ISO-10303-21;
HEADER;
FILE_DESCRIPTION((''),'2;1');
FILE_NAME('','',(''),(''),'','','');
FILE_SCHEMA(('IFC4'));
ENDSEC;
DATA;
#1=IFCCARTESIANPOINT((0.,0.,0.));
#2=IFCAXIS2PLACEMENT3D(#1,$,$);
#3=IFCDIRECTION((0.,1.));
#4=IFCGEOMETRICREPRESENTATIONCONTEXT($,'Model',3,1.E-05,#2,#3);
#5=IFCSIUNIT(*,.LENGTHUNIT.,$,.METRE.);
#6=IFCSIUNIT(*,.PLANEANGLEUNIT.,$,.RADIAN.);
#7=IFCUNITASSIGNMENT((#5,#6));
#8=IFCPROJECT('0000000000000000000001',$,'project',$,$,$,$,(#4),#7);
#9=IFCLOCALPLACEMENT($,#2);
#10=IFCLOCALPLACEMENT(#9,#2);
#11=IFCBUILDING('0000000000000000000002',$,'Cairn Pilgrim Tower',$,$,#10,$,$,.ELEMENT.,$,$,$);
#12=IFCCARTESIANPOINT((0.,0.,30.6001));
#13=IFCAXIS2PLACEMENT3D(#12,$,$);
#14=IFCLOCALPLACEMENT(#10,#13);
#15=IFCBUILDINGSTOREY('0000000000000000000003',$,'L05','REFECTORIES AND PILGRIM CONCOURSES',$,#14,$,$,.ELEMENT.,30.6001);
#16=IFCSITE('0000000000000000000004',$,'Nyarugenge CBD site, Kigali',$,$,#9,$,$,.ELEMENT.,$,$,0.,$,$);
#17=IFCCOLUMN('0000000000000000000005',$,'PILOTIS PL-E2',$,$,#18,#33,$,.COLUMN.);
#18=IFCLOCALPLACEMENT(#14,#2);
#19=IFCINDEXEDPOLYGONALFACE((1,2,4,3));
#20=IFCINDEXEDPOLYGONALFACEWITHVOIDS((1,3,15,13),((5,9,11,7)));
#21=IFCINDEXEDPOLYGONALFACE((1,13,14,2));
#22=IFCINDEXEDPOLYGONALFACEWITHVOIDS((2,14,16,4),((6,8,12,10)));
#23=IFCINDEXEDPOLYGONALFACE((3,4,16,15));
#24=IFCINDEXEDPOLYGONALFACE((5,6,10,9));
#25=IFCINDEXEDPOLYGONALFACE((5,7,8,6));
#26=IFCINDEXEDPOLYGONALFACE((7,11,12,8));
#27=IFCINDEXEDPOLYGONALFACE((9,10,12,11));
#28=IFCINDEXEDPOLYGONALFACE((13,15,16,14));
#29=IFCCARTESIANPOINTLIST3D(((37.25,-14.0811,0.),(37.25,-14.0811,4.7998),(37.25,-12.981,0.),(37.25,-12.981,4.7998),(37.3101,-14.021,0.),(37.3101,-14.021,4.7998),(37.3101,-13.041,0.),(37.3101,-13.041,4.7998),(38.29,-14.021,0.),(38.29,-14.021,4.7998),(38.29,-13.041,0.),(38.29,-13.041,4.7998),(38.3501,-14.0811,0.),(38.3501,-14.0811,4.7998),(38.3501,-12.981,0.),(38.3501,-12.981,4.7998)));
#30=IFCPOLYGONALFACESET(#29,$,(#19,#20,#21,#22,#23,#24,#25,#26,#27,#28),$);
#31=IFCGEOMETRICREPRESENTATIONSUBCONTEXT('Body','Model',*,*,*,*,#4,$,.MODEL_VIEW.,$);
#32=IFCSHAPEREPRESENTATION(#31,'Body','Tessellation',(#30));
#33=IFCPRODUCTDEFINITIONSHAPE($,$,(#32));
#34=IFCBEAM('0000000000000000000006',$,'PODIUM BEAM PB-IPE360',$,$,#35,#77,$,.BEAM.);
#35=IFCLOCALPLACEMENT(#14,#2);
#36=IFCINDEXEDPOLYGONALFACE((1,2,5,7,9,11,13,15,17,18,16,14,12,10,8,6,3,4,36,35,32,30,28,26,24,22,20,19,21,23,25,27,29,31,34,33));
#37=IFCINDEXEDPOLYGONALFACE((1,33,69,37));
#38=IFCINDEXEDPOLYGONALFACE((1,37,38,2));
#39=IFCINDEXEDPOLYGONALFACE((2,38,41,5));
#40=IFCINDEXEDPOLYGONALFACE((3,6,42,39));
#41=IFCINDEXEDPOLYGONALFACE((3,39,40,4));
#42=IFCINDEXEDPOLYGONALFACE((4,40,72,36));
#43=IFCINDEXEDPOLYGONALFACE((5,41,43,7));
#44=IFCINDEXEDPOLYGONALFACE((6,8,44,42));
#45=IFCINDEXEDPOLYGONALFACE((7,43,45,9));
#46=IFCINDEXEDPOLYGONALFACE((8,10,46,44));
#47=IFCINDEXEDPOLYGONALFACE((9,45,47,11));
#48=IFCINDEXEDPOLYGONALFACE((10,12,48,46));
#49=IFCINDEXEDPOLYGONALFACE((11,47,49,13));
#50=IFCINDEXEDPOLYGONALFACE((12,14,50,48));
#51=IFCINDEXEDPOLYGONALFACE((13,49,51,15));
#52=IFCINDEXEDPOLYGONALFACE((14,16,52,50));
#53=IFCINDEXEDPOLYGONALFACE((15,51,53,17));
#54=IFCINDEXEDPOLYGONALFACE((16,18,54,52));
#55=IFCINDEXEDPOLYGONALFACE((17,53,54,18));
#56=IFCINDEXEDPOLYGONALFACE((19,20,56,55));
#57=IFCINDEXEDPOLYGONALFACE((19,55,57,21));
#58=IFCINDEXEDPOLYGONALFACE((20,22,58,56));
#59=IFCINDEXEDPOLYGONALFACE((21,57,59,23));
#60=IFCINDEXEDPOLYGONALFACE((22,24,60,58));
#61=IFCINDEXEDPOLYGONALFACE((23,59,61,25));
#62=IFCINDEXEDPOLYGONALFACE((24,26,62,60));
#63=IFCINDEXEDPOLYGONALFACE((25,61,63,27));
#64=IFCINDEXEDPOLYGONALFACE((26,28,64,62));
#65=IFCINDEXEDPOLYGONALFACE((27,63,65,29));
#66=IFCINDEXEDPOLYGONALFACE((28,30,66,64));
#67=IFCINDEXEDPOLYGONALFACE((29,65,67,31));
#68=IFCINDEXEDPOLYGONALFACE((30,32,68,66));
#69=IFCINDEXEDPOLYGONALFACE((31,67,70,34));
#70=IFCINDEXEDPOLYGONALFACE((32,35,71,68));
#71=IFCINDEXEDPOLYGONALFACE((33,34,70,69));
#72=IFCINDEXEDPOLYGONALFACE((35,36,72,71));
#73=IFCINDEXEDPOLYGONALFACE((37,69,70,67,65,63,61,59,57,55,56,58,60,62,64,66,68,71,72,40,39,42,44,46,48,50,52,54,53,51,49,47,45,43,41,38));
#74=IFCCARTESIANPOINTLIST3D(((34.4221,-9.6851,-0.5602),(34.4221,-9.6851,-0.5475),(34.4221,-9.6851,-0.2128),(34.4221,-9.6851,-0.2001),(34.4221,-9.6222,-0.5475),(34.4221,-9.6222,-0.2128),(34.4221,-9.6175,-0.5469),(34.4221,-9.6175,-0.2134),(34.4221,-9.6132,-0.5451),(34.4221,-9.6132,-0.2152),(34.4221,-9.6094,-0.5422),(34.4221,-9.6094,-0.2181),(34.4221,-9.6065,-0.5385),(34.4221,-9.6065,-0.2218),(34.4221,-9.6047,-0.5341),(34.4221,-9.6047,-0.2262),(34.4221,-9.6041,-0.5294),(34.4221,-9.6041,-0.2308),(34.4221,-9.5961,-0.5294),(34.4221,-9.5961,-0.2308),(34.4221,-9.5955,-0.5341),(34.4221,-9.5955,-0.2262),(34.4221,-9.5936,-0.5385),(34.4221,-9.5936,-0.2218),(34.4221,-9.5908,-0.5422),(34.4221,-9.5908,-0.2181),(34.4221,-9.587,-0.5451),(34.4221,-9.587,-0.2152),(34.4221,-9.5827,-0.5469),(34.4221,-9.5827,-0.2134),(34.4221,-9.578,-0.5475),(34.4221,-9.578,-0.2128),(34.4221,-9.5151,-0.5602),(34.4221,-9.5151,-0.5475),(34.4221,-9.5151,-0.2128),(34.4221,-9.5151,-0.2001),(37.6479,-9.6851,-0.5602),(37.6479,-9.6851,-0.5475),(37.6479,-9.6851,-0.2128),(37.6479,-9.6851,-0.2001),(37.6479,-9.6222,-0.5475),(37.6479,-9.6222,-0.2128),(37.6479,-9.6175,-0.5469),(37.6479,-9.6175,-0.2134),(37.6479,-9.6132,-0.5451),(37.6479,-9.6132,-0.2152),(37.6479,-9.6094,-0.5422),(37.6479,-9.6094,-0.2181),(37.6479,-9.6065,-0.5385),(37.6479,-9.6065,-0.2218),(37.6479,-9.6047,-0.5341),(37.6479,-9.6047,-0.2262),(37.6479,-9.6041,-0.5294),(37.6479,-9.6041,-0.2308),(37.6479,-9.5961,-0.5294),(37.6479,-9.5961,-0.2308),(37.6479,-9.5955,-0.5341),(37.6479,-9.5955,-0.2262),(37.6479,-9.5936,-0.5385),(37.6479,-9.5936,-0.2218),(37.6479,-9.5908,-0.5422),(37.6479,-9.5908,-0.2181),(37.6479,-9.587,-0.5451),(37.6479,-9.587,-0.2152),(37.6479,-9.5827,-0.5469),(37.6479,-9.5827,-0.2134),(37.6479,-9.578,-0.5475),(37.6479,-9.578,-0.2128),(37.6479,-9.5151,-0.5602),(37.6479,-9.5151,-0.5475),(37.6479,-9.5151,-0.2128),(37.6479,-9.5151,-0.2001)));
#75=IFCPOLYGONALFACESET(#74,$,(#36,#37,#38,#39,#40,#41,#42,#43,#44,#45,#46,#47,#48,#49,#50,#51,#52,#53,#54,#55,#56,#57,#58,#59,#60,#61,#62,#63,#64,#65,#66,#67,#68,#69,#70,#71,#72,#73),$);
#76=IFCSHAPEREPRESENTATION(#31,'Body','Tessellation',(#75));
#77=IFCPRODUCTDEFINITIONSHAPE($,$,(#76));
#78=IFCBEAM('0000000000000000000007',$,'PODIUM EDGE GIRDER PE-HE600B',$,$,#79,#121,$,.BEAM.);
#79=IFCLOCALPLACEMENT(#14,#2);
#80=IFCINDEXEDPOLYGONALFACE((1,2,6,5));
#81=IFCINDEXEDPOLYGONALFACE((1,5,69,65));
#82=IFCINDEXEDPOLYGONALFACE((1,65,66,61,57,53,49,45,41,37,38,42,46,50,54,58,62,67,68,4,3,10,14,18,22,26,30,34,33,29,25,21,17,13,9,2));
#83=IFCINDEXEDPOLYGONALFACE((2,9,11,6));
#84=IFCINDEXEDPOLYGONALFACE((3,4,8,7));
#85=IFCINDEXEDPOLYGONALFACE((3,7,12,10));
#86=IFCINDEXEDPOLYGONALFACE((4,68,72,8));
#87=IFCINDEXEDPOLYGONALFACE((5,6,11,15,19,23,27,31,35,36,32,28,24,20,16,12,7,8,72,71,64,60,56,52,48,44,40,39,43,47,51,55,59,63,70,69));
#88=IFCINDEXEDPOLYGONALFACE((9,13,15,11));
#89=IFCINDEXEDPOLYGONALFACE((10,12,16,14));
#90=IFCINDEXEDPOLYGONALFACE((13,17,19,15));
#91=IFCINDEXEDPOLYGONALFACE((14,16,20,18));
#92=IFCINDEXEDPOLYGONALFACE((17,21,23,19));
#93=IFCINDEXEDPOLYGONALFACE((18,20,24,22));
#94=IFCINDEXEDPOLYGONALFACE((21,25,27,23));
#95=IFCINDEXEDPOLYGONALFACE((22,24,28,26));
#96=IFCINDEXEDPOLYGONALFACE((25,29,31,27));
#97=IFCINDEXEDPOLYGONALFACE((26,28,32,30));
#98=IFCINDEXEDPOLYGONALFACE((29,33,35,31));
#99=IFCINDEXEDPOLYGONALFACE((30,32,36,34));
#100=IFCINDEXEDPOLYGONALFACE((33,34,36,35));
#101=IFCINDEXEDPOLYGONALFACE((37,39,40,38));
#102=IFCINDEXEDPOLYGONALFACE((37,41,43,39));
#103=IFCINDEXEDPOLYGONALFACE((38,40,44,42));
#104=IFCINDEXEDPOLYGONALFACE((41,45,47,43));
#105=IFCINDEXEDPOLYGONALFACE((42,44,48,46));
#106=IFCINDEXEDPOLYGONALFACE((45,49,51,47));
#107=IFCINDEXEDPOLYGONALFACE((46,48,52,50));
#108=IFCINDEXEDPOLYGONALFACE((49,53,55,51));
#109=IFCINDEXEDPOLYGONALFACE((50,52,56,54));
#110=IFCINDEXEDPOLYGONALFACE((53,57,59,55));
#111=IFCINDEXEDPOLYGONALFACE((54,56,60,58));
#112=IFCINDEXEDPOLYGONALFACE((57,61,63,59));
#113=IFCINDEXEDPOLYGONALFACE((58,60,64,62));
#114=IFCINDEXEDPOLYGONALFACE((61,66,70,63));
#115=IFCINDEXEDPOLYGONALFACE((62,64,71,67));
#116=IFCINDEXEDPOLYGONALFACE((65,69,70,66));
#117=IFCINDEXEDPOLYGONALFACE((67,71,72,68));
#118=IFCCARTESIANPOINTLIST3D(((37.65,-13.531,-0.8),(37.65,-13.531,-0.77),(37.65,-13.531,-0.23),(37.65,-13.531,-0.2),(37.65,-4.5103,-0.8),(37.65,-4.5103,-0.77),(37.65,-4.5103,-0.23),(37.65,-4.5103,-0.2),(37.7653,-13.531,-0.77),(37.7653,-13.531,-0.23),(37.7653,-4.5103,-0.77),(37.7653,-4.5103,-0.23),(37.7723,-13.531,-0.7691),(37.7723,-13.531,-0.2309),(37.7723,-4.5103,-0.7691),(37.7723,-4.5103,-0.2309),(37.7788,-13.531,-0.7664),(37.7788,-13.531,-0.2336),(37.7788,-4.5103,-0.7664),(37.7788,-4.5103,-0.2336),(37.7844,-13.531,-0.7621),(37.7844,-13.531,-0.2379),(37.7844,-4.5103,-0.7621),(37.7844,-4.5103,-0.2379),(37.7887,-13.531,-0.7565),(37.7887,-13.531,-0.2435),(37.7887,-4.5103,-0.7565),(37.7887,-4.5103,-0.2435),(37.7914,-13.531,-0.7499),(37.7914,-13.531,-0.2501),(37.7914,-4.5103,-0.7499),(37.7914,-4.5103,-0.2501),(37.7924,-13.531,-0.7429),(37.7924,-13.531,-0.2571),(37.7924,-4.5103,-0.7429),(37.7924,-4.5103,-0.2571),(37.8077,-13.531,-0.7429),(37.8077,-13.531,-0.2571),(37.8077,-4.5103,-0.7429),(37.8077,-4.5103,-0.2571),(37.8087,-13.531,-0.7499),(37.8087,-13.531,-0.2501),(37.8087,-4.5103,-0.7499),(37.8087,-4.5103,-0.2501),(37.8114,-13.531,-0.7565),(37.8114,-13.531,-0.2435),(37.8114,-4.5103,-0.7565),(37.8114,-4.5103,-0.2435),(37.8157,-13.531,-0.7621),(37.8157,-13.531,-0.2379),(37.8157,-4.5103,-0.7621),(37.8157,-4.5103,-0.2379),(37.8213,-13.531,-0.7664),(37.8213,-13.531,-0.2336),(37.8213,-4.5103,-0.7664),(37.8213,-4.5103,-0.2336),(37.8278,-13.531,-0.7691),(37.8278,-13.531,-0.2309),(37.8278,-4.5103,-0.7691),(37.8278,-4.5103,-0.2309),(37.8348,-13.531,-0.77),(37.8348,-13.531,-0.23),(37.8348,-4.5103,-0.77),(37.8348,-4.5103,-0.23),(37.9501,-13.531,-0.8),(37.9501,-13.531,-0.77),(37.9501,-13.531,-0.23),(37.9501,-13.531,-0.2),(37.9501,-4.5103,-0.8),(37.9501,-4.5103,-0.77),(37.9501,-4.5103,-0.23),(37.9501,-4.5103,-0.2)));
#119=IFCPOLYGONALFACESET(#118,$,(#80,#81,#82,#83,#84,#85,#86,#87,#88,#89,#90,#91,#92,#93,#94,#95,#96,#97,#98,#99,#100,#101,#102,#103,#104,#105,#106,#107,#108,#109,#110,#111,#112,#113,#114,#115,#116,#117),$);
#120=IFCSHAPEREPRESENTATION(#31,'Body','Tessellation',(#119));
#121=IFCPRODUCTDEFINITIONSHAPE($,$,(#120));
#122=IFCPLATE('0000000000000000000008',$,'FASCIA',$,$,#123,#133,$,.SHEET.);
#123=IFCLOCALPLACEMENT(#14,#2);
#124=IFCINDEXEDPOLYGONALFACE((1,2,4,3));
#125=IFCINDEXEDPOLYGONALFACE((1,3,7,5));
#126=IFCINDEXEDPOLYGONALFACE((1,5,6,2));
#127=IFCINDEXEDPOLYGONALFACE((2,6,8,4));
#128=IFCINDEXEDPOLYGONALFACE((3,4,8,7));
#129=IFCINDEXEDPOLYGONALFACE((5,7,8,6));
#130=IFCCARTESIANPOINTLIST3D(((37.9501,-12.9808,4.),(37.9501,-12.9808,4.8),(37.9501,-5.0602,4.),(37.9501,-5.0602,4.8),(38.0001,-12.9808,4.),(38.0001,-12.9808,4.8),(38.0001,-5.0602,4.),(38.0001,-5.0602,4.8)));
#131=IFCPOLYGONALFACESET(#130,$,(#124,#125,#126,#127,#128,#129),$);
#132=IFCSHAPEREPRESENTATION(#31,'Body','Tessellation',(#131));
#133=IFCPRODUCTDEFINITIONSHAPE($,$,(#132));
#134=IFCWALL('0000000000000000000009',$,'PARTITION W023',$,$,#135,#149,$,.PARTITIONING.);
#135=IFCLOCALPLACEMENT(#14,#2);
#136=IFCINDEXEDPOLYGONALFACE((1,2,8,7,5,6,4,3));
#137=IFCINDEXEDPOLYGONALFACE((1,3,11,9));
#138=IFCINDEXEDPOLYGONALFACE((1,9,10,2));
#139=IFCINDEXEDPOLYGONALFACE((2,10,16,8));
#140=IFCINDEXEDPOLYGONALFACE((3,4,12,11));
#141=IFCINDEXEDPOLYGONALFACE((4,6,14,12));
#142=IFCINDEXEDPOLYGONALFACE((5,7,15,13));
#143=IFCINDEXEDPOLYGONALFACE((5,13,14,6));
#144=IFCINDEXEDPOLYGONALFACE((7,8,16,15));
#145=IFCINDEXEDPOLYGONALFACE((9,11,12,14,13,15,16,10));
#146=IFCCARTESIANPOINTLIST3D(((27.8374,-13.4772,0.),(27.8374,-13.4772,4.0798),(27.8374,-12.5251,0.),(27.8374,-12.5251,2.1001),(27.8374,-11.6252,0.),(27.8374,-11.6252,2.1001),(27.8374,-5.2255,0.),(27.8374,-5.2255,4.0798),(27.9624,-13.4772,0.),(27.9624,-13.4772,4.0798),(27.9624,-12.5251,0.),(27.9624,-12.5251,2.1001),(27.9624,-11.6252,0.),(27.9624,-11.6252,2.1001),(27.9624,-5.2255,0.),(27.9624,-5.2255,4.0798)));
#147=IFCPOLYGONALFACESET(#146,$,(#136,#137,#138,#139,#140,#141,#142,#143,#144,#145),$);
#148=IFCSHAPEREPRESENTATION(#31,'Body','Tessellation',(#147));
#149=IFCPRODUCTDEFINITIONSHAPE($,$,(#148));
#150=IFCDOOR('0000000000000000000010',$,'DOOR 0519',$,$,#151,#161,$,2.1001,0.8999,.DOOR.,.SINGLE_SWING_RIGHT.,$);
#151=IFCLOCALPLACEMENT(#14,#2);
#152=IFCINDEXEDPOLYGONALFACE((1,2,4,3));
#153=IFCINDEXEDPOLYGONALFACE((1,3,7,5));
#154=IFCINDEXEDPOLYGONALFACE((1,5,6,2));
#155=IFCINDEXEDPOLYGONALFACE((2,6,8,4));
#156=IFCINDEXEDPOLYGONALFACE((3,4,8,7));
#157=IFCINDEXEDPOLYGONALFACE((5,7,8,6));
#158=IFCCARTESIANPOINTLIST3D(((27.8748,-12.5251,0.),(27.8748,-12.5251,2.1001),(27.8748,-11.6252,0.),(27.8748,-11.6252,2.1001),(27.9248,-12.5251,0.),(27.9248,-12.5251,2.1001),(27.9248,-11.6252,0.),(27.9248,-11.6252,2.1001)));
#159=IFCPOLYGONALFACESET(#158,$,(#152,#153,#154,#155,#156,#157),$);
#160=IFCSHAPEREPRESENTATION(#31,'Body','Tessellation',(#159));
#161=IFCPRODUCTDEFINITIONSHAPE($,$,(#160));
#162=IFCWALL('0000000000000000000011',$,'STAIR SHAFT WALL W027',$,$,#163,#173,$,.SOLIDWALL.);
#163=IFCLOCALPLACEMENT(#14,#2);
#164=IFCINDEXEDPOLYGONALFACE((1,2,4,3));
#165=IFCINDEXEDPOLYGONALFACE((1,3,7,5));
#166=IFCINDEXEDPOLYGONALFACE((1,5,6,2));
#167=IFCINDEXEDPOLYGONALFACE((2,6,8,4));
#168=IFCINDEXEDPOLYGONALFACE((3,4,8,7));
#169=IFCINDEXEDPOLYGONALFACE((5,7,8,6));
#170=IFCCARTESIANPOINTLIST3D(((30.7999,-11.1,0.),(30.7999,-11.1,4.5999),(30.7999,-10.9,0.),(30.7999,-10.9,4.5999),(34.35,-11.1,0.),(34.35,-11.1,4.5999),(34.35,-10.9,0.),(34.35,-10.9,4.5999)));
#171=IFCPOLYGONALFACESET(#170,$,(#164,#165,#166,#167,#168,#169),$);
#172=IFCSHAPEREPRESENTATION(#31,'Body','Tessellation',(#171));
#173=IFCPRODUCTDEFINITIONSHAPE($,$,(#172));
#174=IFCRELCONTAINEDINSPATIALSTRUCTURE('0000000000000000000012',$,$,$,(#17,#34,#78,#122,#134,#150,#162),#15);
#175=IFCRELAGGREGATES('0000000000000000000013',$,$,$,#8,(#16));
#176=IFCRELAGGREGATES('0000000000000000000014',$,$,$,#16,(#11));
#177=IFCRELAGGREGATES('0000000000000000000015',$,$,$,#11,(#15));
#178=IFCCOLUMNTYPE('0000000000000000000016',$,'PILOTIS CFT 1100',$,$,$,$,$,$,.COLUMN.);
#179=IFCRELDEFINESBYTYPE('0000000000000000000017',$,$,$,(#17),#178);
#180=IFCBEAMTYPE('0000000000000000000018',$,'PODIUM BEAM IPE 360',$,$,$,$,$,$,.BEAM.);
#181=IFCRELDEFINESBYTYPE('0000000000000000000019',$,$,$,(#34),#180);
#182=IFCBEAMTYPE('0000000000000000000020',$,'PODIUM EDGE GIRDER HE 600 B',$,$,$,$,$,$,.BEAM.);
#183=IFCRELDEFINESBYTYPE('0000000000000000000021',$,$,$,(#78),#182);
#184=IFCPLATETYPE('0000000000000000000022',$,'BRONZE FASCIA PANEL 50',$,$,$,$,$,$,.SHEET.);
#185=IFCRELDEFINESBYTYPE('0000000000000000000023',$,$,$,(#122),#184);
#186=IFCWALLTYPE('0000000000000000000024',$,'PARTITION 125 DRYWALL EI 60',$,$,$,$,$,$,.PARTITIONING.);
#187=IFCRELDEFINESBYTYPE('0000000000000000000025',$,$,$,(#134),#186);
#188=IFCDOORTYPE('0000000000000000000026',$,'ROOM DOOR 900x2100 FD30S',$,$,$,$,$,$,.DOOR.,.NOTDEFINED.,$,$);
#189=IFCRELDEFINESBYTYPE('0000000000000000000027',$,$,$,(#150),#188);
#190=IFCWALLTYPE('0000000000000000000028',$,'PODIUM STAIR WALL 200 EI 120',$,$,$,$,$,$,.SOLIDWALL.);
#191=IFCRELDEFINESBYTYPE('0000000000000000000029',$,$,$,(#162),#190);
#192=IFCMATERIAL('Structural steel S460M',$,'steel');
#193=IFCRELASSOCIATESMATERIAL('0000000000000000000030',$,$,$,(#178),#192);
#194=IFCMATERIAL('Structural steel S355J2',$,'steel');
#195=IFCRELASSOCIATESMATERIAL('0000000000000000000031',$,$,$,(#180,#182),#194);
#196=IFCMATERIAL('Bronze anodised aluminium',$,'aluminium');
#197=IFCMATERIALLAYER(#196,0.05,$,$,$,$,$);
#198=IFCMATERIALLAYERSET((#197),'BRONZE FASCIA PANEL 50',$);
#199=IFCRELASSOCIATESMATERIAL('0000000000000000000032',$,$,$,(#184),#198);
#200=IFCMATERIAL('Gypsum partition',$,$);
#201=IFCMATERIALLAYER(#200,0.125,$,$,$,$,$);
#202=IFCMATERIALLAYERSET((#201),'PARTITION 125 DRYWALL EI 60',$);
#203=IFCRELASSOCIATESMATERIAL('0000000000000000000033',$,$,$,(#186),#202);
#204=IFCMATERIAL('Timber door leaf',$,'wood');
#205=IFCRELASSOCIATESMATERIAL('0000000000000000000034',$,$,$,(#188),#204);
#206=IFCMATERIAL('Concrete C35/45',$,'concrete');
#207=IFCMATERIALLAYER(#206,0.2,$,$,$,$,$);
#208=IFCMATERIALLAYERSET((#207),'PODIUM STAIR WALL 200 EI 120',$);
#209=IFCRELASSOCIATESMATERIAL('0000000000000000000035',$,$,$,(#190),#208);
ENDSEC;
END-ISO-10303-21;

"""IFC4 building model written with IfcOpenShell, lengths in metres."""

from ifc_helpers import new_model, si_unit, direction, frame, frame_2d, origin, origin_2d, place, context, subcontext, project, spatial, rectangle, hollow_rectangle, i_section, extrude, material, layer, layer_set, material_profile, profile_set, type_object, element, fill, save


model = new_model("IFC4")

# Units and contexts
model_context = context("Model", 3, precision=1e-05, world=origin(), true_north=direction((0.0, 1.0)))
body_context = subcontext(model_context, "Body", "Model", "MODEL_VIEW")
ifc_project = project(units=[si_unit("LENGTHUNIT", "METRE"), si_unit("PLANEANGLEUNIT", "RADIAN")], contexts=[model_context])

# Site, building, storey
site_placement = place(None, origin())
site = spatial("IfcSite", under=ifc_project, at=site_placement, Name="Nyarugenge CBD site, Kigali", CompositionType="ELEMENT", RefElevation=0.0)
building_placement = place(site_placement, origin())
building = spatial("IfcBuilding", under=site, at=building_placement, Name="Cairn Pilgrim Tower", CompositionType="ELEMENT")
storey_placement = place(building_placement, frame((0.0, 0.0, 30.6001)))
storey = spatial("IfcBuildingStorey", under=building, at=storey_placement, Name="L05", Description="REFECTORIES AND PILGRIM CONCOURSES", CompositionType="ELEMENT", Elevation=30.6001)

# Column
ifc_material_1 = material(Name="Structural steel S460M", Category="steel")
ifc_material_profile_1 = material_profile(ifc_material_1, hollow_rectangle(XDim=1.1001, YDim=1.1001, WallThickness=0.0601, at=origin_2d()), Name="BOX 1100x1100x60")
ifc_profile_set_1 = profile_set([ifc_material_profile_1], Name="Structural steel S460M")
column_type = type_object("IfcColumnType", Name="PILOTIS CFT 1100", PredefinedType="COLUMN", material=ifc_profile_set_1)
column_placement = place(storey_placement, frame((37.8, -13.531, 0.0), z_axis=(0.0, 0.0, 1.0), x_axis=(1.0, 0.0, 0.0)))
element("IfcColumn", 1, at=column_placement, inside=storey, type_object=column_type, Name="PILOTIS PL-E2", PredefinedType="COLUMN", context=body_context, shape_type="SweptSolid", body=[
    extrude(hollow_rectangle(XDim=1.1001, YDim=1.1001, WallThickness=0.0601, at=origin_2d()), origin(), (0.0, 0.0, 1.0), 4.7998),
])

# Beams
ifc_material_2 = material(Name="Structural steel S355J2", Category="steel")
ifc_material_profile_2 = material_profile(ifc_material_2, i_section(OverallWidth=0.1699, OverallDepth=0.3601, WebThickness=0.0081, FlangeThickness=0.0127, FilletRadius=0.0181, at=origin_2d()), Name="IPE 360")
ifc_profile_set_2 = profile_set([ifc_material_profile_2], Name="Structural steel S355J2")
beam_type_1 = type_object("IfcBeamType", Name="PODIUM BEAM IPE 360", PredefinedType="BEAM", material=ifc_profile_set_2)
beam_1_placement = place(storey_placement, frame((34.4221, -9.6001, -0.3801), z_axis=(1.0, 0.0, 0.0), x_axis=(0.0, 1.0, 0.0)))
element("IfcBeam", 2, at=beam_1_placement, inside=storey, type_object=beam_type_1, Name="PODIUM BEAM PB-IPE360", PredefinedType="BEAM", context=body_context, shape_type="SweptSolid", body=[
    extrude(i_section(OverallWidth=0.1699, OverallDepth=0.3601, WebThickness=0.0081, FlangeThickness=0.0127, FilletRadius=0.0181, at=origin_2d()), origin(), (0.0, 0.0, 1.0), 3.2258),
])
ifc_material_profile_3 = material_profile(ifc_material_2, i_section(OverallWidth=0.3, OverallDepth=0.6001, WebThickness=0.0154, FlangeThickness=0.03, FilletRadius=0.0271, at=origin_2d()), Name="HEB 600")
ifc_profile_set_3 = profile_set([ifc_material_profile_3], Name="Structural steel S355J2")
beam_type_2 = type_object("IfcBeamType", Name="PODIUM EDGE GIRDER HE 600 B", PredefinedType="BEAM", material=ifc_profile_set_3)
beam_2_placement = place(storey_placement, frame((37.8, -13.531, -0.5), z_axis=(0.0, 1.0, 0.0), x_axis=(-1.0, 0.0, 0.0)))
element("IfcBeam", 3, at=beam_2_placement, inside=storey, type_object=beam_type_2, Name="PODIUM EDGE GIRDER PE-HE600B", PredefinedType="BEAM", context=body_context, shape_type="SweptSolid", body=[
    extrude(i_section(OverallWidth=0.3, OverallDepth=0.6001, WebThickness=0.0154, FlangeThickness=0.03, FilletRadius=0.0271, at=origin_2d()), origin(), (0.0, 0.0, 1.0), 9.0208),
])

# Plate
ifc_material_3 = material(Name="Bronze anodised aluminium", Category="aluminium")
ifc_layer_1 = layer(ifc_material_3, 0.05)
ifc_layer_set_1 = layer_set([ifc_layer_1], Name="BRONZE FASCIA PANEL 50")
plate_type = type_object("IfcPlateType", Name="BRONZE FASCIA PANEL 50", PredefinedType="SHEET", material=ifc_layer_set_1)
plate_placement = place(storey_placement, frame((37.9751, -9.0205, 4.0), z_axis=(0.0, 0.0, 1.0), x_axis=(0.0, 1.0, 0.0)))
element("IfcPlate", 4, at=plate_placement, inside=storey, type_object=plate_type, Name="FASCIA", PredefinedType="SHEET", context=body_context, shape_type="SweptSolid", body=[
    extrude(rectangle(XDim=7.9207, YDim=0.05, at=origin_2d()), origin(), (0.0, 0.0, 1.0), 0.8),
])

# Wall, opening, door
ifc_material_4 = material(Name="Gypsum partition")
ifc_layer_2 = layer(ifc_material_4, 0.125)
ifc_layer_set_2 = layer_set([ifc_layer_2], Name="PARTITION 125 DRYWALL EI 60")
wall_type_1 = type_object("IfcWallType", Name="PARTITION 125 DRYWALL EI 60", PredefinedType="PARTITIONING", material=ifc_layer_set_2)
wall_1_placement = place(storey_placement, frame((27.8999, -13.4773, 0.0), z_axis=(0.0, 0.0, 1.0), x_axis=(0.0, 1.0, 0.0)))
wall_1 = element("IfcWall", 5, at=wall_1_placement, inside=storey, type_object=wall_type_1, Name="PARTITION W023", PredefinedType="PARTITIONING", context=body_context, shape_type="SweptSolid", body=[
    extrude(rectangle(XDim=8.2517, YDim=0.125, at=frame_2d((4.126, 0.0))), origin(), (0.0, 0.0, 1.0), 4.0798),
])
opening_1_placement = place(wall_1_placement, frame((0.9521, 0.0, 0.0)))
opening_1 = element("IfcOpeningElement", 6, at=opening_1_placement, cuts=wall_1, PredefinedType="OPENING", context=body_context, shape_type="SweptSolid", body=[
    extrude(rectangle(XDim=0.8999, YDim=2.1001, at=frame_2d((0.45, 1.05))), frame((0.0, 0.0725, 0.0), z_axis=(0.0, -1.0, 0.0), x_axis=(1.0, 0.0, 0.0)), (0.0, 0.0, 1.0), 0.145),
])
ifc_material_5 = material(Name="Timber door leaf", Category="wood")
door_type_1 = type_object("IfcDoorType", Name="ROOM DOOR 900x2100 FD30S", OperationType="NOTDEFINED", PredefinedType="DOOR", material=ifc_material_5)
door_1_placement = place(opening_1_placement, frame((0.8999, 0.0, 0.0), z_axis=(0.0, 0.0, 1.0), x_axis=(-1.0, 0.0, 0.0)))
door_1 = element("IfcDoor", 7, at=door_1_placement, inside=storey, type_object=door_type_1, Name="DOOR 0519", OperationType="SINGLE_SWING_RIGHT", OverallHeight=2.1001, OverallWidth=0.8999, PredefinedType="DOOR", context=body_context, shape_type="SweptSolid", body=[
    extrude(rectangle(XDim=0.8999, YDim=2.1001, at=frame_2d((0.45, 1.05))), frame((0.0, 0.0249, 0.0), z_axis=(0.0, -1.0, 0.0), x_axis=(1.0, 0.0, 0.0)), (0.0, 0.0, 1.0), 0.05),
])
fill(opening_1, door_1)

# Wall
ifc_material_6 = material(Name="Concrete C35/45", Category="concrete")
ifc_layer_3 = layer(ifc_material_6, 0.2)
ifc_layer_set_3 = layer_set([ifc_layer_3], Name="PODIUM STAIR WALL 200 EI 120")
wall_type_2 = type_object("IfcWallType", Name="PODIUM STAIR WALL 200 EI 120", PredefinedType="SOLIDWALL", material=ifc_layer_set_3)
wall_2_placement = place(storey_placement, frame((30.8, -11.0, 0.0), z_axis=(0.0, 0.0, 1.0), x_axis=(1.0, 0.0, 0.0)))
element("IfcWall", 8, at=wall_2_placement, inside=storey, type_object=wall_type_2, Name="STAIR SHAFT WALL W027", PredefinedType="SOLIDWALL", context=body_context, shape_type="SweptSolid", body=[
    extrude(rectangle(XDim=3.55, YDim=0.2, at=frame_2d((1.7749, 0.0))), origin(), (0.0, 0.0, 1.0), 4.5999),
])

save(model, "model.ifc")
